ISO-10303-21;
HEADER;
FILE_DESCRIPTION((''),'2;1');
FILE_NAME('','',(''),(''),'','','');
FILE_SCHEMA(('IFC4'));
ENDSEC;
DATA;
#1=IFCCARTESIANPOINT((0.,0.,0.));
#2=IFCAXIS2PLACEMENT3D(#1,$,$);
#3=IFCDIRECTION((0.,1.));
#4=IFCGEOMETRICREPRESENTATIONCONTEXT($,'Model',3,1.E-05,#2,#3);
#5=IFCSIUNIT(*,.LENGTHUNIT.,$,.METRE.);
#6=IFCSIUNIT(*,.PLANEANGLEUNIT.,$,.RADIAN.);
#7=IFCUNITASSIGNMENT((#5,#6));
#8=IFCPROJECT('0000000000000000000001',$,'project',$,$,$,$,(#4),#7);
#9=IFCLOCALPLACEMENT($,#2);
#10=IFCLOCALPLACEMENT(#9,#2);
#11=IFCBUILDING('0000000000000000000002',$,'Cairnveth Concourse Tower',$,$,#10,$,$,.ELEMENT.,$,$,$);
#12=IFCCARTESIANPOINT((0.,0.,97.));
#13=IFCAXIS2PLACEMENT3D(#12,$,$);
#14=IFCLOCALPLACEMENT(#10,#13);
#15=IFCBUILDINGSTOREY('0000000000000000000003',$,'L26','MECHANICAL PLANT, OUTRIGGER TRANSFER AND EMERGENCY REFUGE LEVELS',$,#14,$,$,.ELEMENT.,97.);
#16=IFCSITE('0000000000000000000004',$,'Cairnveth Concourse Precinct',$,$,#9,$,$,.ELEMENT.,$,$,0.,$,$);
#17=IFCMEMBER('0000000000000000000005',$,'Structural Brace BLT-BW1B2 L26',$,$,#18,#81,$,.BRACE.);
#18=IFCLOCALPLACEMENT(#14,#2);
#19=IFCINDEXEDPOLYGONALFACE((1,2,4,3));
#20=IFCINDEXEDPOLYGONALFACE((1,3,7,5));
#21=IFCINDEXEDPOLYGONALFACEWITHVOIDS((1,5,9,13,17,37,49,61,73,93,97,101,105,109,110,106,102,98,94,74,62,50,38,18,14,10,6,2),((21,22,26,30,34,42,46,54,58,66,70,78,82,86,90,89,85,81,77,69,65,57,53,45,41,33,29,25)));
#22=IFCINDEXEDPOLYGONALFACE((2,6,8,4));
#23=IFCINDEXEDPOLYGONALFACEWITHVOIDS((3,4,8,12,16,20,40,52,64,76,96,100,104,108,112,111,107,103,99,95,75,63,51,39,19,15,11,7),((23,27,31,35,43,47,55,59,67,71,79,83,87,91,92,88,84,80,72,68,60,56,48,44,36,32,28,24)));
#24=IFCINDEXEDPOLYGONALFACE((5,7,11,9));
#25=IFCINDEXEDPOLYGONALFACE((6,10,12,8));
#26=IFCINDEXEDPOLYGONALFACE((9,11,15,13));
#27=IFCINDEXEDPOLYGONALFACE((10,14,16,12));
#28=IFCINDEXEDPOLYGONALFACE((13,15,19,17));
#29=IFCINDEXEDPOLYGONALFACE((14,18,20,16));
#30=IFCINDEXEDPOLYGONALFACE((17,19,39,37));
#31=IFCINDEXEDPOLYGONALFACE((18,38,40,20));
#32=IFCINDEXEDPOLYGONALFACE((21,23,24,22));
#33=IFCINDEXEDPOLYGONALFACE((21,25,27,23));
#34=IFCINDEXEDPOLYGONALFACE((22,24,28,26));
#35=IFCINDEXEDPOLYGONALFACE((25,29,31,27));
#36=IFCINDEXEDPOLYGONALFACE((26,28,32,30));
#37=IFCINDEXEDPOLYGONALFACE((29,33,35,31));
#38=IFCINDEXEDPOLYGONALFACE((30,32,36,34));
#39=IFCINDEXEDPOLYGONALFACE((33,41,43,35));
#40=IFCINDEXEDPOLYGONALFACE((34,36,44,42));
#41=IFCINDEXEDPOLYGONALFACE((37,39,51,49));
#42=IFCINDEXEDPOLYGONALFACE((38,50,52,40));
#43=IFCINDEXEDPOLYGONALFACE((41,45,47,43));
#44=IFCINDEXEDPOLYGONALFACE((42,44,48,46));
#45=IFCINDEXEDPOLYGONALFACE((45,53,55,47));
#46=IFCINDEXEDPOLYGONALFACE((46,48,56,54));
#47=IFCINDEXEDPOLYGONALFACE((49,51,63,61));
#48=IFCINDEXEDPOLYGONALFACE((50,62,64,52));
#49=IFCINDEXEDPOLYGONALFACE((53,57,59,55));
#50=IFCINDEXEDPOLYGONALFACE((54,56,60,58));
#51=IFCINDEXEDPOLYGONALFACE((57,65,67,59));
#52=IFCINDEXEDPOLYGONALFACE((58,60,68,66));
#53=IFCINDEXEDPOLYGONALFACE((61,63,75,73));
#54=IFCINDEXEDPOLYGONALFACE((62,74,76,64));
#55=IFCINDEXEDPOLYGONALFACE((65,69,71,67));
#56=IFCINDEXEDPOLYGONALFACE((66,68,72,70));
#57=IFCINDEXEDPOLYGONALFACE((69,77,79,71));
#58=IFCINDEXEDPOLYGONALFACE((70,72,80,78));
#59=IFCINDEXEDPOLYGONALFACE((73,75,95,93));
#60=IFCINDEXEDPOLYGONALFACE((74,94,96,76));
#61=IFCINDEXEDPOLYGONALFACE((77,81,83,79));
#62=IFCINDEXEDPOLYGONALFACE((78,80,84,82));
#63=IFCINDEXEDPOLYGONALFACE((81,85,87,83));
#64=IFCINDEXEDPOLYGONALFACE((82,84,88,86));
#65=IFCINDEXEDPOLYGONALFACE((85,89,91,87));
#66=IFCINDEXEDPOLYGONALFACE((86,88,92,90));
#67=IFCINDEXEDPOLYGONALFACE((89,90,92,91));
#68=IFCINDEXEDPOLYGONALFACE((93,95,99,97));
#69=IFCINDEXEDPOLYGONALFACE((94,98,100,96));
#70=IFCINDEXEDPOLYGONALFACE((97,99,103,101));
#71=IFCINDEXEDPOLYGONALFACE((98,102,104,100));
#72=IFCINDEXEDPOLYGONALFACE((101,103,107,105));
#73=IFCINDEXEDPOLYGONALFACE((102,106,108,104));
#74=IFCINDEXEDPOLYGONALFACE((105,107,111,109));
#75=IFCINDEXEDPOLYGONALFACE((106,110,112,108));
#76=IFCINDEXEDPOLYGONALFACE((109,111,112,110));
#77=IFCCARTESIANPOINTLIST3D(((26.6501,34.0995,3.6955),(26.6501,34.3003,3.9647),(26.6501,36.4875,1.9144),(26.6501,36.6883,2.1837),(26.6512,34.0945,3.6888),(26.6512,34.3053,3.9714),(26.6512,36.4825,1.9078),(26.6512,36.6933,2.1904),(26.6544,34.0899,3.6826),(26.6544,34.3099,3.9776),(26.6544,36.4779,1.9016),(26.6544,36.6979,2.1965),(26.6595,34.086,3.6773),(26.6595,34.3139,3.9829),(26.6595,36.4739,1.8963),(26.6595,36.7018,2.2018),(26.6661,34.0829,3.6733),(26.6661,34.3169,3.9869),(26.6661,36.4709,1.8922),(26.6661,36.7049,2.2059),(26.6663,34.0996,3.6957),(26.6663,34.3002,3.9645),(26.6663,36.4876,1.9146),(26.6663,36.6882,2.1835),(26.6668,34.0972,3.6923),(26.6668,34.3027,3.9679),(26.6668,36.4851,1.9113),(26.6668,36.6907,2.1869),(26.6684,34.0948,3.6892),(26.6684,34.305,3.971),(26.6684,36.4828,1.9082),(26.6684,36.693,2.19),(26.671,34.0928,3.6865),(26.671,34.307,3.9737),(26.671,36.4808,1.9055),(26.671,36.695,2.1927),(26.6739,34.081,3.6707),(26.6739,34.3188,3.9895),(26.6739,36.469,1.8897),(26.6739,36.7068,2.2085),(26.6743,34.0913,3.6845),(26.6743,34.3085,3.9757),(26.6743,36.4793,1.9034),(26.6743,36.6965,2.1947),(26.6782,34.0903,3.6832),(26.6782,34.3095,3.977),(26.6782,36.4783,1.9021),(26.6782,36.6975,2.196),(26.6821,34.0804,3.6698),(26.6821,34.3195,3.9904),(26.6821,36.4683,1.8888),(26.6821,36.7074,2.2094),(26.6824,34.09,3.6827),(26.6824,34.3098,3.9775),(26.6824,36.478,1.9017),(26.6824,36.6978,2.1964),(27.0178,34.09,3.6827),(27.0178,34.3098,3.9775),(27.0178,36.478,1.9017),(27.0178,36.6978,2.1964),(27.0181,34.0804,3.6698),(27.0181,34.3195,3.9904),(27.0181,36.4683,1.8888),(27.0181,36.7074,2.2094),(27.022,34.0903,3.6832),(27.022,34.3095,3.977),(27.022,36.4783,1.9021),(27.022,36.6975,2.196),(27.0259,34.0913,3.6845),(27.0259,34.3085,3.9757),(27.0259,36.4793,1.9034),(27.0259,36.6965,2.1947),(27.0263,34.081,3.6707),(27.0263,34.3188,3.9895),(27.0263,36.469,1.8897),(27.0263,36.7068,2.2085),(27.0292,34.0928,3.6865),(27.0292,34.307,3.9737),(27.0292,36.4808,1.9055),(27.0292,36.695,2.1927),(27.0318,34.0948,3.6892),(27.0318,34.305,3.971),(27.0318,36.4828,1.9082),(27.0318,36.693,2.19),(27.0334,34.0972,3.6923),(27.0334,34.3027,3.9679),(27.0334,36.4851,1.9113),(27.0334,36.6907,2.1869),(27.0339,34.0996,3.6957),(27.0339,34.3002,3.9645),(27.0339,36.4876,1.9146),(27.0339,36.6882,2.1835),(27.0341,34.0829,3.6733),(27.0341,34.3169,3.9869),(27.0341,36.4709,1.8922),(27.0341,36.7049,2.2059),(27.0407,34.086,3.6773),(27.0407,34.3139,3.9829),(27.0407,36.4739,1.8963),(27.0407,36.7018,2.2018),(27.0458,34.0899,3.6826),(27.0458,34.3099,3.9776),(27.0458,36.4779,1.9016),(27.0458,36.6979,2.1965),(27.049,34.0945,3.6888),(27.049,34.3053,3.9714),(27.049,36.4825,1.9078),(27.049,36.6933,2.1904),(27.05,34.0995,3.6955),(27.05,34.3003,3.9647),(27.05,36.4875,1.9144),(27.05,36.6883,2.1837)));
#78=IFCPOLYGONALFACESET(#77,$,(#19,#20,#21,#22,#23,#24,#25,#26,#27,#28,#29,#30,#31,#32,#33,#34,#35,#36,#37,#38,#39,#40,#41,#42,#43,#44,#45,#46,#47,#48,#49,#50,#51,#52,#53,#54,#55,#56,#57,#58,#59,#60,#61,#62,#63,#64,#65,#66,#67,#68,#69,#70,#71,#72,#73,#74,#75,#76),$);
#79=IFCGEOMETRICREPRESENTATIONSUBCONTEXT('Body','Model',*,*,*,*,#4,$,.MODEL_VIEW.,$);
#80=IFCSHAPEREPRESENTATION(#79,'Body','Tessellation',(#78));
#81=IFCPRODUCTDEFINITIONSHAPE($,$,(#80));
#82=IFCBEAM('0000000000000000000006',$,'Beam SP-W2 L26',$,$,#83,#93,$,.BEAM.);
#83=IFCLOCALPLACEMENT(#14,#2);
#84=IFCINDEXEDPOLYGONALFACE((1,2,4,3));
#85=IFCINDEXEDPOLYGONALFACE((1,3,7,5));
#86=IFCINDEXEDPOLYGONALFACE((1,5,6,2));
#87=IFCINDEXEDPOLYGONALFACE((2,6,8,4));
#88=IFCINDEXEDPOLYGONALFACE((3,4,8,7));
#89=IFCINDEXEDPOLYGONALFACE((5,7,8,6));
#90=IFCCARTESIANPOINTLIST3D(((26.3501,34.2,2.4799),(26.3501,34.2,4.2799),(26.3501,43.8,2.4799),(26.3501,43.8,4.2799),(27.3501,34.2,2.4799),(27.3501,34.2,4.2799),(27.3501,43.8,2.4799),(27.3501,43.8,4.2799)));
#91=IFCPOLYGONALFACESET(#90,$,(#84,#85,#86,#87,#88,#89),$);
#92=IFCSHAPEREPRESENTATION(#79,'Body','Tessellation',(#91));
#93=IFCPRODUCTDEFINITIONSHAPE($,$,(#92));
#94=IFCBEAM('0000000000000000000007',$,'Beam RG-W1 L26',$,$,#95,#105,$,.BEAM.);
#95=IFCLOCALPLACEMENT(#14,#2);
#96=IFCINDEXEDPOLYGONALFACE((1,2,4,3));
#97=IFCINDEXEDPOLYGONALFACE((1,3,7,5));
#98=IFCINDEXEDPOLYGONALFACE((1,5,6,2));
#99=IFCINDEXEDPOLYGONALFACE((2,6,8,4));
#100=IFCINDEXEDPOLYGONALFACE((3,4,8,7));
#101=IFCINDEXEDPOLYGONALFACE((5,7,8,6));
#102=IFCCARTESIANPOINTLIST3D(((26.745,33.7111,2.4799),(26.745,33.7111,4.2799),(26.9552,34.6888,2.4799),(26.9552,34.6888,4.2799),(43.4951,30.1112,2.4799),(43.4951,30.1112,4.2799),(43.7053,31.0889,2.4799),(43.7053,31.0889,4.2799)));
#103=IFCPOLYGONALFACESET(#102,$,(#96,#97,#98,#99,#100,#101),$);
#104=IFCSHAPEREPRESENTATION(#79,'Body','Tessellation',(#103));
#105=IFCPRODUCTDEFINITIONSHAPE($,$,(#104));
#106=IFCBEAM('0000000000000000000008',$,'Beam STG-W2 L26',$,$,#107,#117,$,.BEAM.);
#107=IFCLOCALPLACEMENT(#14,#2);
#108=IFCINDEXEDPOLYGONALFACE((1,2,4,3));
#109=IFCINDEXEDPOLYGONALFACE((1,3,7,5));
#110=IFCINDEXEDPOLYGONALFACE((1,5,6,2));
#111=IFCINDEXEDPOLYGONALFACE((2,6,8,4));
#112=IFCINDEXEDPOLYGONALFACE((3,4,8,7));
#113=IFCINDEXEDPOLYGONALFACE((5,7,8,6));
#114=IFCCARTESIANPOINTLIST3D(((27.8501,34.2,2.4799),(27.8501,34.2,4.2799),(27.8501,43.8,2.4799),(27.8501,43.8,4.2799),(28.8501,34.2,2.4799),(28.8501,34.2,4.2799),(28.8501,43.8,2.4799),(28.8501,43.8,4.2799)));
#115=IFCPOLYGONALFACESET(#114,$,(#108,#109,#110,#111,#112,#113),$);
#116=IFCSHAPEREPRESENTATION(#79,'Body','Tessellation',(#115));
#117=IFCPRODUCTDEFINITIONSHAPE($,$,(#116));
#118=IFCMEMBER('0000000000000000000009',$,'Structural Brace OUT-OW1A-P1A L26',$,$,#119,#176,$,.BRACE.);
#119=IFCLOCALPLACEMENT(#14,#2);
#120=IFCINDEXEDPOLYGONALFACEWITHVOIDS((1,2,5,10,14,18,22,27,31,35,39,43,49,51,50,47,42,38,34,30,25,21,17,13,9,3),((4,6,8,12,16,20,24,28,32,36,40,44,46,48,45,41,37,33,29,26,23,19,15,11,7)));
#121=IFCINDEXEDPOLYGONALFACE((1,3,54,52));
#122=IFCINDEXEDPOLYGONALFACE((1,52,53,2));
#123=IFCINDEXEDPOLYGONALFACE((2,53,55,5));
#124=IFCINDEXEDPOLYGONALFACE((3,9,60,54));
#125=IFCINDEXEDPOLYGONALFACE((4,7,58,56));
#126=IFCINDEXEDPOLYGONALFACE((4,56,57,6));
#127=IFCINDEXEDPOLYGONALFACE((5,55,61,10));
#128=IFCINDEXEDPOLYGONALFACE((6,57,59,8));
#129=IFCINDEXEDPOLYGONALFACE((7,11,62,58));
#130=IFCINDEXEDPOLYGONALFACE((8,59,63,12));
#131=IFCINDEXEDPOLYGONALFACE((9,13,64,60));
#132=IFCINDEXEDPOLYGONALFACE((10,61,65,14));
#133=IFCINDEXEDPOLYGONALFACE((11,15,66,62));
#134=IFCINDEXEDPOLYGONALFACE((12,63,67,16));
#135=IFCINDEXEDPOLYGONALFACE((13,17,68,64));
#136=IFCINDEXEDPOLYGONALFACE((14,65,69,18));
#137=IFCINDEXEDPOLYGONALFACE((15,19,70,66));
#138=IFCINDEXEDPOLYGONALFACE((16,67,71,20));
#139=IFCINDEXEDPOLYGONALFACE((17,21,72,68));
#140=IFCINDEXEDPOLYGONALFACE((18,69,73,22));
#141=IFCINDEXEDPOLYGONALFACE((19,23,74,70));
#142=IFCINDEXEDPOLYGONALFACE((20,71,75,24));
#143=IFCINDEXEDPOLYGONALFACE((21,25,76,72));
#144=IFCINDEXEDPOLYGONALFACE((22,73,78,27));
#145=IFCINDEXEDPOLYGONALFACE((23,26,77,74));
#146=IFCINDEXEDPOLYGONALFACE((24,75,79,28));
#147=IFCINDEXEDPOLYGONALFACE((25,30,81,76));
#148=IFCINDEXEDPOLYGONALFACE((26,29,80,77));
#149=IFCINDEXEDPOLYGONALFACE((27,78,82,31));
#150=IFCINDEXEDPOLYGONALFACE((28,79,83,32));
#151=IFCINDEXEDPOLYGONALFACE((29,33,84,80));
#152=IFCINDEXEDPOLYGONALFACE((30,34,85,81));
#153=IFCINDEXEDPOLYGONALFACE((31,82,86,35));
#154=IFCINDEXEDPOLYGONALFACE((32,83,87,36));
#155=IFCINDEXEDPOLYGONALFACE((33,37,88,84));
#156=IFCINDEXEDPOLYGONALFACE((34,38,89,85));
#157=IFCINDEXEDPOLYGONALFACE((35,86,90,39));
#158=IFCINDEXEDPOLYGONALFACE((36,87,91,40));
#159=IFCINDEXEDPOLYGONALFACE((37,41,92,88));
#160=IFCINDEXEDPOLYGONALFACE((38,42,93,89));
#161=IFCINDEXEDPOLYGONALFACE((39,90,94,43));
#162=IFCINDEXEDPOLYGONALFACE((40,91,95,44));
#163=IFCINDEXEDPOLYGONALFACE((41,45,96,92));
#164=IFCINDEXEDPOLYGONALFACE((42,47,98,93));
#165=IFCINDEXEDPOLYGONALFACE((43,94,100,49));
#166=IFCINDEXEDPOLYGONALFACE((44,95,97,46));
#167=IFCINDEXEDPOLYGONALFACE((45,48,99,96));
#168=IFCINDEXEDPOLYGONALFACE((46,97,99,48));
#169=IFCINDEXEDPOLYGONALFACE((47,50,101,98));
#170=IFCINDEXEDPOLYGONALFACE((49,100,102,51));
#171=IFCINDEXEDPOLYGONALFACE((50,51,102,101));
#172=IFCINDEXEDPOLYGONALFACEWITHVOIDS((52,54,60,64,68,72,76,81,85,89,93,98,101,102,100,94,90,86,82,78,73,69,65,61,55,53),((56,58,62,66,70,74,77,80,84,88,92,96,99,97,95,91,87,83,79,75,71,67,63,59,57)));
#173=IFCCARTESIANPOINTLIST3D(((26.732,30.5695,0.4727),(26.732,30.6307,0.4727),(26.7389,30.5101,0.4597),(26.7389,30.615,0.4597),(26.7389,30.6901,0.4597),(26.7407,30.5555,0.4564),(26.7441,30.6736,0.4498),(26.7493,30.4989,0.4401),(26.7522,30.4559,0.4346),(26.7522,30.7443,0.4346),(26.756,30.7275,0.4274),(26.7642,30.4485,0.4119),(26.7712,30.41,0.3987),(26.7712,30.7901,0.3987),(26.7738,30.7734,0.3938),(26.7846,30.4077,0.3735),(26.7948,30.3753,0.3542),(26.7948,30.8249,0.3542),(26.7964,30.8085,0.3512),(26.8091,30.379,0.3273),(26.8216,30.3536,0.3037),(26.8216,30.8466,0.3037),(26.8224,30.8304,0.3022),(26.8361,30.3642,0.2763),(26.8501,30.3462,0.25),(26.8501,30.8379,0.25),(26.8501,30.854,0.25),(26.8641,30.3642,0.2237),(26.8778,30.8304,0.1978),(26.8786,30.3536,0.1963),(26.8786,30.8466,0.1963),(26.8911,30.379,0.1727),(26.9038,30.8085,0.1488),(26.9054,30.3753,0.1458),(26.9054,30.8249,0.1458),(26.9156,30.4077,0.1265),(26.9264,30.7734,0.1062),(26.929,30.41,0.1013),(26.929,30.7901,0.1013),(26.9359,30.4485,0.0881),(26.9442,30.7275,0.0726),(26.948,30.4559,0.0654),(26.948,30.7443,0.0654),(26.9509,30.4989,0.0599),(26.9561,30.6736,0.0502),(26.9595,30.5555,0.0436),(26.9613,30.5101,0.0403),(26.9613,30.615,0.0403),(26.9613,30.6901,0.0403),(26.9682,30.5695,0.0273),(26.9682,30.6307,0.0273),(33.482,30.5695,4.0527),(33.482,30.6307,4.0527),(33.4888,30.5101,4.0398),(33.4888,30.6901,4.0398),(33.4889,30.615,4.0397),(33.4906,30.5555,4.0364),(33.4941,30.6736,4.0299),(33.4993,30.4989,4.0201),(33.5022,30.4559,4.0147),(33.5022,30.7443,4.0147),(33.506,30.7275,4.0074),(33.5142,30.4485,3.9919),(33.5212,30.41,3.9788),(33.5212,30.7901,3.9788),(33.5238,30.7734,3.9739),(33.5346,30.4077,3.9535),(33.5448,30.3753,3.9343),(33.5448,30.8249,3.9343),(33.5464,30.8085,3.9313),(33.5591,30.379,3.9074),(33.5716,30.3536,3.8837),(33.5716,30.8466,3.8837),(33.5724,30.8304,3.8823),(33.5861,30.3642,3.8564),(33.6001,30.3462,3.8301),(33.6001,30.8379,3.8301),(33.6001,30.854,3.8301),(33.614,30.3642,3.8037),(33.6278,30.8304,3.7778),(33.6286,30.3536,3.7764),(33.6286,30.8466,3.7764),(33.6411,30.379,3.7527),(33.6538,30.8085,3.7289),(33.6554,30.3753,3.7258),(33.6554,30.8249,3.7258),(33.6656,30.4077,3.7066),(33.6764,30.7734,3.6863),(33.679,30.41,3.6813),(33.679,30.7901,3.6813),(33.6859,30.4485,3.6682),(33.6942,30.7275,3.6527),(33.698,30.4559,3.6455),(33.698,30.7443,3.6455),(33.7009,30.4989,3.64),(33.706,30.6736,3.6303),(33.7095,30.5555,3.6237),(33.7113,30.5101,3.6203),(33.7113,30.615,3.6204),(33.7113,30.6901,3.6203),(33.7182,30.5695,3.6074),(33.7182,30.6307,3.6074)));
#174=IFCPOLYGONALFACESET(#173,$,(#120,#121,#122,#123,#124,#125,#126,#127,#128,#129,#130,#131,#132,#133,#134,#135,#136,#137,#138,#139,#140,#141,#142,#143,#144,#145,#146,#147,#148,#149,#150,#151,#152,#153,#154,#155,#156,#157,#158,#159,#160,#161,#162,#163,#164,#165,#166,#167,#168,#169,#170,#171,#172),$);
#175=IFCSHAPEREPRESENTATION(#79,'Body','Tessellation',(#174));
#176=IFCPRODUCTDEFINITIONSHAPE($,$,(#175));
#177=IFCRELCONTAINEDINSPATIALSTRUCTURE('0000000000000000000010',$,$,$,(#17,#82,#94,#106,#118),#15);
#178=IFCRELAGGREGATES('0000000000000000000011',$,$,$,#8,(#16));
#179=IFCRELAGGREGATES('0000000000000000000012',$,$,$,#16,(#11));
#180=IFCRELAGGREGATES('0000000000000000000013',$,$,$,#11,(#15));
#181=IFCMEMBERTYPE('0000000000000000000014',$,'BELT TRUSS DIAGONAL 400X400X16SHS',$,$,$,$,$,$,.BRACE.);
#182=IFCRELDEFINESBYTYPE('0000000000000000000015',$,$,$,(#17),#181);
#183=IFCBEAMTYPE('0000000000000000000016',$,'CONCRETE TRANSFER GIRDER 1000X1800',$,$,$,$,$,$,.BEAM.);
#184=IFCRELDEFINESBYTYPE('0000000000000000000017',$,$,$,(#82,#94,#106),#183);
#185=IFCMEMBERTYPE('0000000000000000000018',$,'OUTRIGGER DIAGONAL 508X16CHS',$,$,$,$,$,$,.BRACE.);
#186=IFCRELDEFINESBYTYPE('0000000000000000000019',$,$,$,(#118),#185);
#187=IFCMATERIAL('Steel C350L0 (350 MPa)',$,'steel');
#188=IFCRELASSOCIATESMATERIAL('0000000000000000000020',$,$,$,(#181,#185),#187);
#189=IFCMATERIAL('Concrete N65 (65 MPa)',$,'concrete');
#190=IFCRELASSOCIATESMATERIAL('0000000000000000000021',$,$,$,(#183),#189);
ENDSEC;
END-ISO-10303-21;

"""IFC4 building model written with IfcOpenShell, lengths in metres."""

from ifc_helpers import new_model, si_unit, direction, frame, origin, origin_2d, place, context, subcontext, project, spatial, rectangle, hollow_rectangle, hollow_circle, extrude, material, material_profile, profile_set, type_object, element, save


model = new_model("IFC4")

# Units and contexts
model_context = context("Model", 3, precision=1e-05, world=origin(), true_north=direction((0.0, 1.0)))
body_context = subcontext(model_context, "Body", "Model", "MODEL_VIEW")
ifc_project = project(units=[si_unit("LENGTHUNIT", "METRE"), si_unit("PLANEANGLEUNIT", "RADIAN")], contexts=[model_context])

# Site, building, storey
site_placement = place(None, origin())
site = spatial("IfcSite", under=ifc_project, at=site_placement, Name="Cairnveth Concourse Precinct", CompositionType="ELEMENT", RefElevation=0.0)
building_placement = place(site_placement, origin())
building = spatial("IfcBuilding", under=site, at=building_placement, Name="Cairnveth Concourse Tower", CompositionType="ELEMENT")
storey_placement = place(building_placement, frame((0.0, 0.0, 97.0)))
storey = spatial("IfcBuildingStorey", under=building, at=storey_placement, Name="L26", Description="MECHANICAL PLANT, OUTRIGGER TRANSFER AND EMERGENCY REFUGE LEVELS", CompositionType="ELEMENT", Elevation=97.0)

# Shared definitions
ifc_material_1 = material(Name="Concrete N65 (65 MPa)", Category="concrete")

# Member
ifc_material_2 = material(Name="Steel C350L0 (350 MPa)", Category="steel")
ifc_material_profile_1 = material_profile(ifc_material_2, hollow_rectangle(XDim=0.3999, YDim=0.3999, WallThickness=0.0161, InnerFilletRadius=0.0161, OuterFilletRadius=0.032, at=origin_2d()), Name="400x400x16.0SHS")
ifc_profile_set_1 = profile_set([ifc_material_profile_1], Name="Steel C350L0 (350 MPa)")
member_type_1 = type_object("IfcMemberType", Name="BELT TRUSS DIAGONAL 400X400X16SHS", PredefinedType="BRACE", material=ifc_profile_set_1)
member_1_placement = place(storey_placement, frame((26.8501, 36.5879, 2.0491), z_axis=(0.0, -0.8016, 0.59786), x_axis=(1.0, 0.0, 0.0)))
element("IfcMember", 1, at=member_1_placement, inside=storey, type_object=member_type_1, Name="Structural Brace BLT-BW1B2 L26", PredefinedType="BRACE", context=body_context, shape_type="SweptSolid", body=[
    extrude(hollow_rectangle(XDim=0.3999, YDim=0.3999, WallThickness=0.0161, InnerFilletRadius=0.0161, OuterFilletRadius=0.032, at=origin_2d()), origin(), (0.0, 0.0, 1.0), 2.979),
])

# Beams
ifc_material_profile_2 = material_profile(ifc_material_1, rectangle(XDim=1.0, YDim=1.8, at=origin_2d()), Name="RC-TB-1000x1800")
ifc_profile_set_2 = profile_set([ifc_material_profile_2], Name="Concrete N65 (65 MPa)")
beam_type_1 = type_object("IfcBeamType", Name="CONCRETE TRANSFER GIRDER 1000X1800", PredefinedType="BEAM", material=ifc_profile_set_2)
beam_1_placement = place(storey_placement, frame((26.8501, 34.2, 3.3799), z_axis=(0.0, 1.0, 0.0), x_axis=(-1.0, 0.0, 0.0)))
element("IfcBeam", 2, at=beam_1_placement, inside=storey, type_object=beam_type_1, Name="Beam SP-W2 L26", PredefinedType="BEAM", context=body_context, shape_type="SweptSolid", body=[
    extrude(rectangle(XDim=1.0, YDim=1.8, at=origin_2d()), origin(), (0.0, 0.0, 1.0), 9.6001),
])
beam_2_placement = place(storey_placement, frame((26.8501, 34.2, 3.3799), z_axis=(0.977676, -0.210119, 0.0), x_axis=(0.210119, 0.977676, 0.0)))
element("IfcBeam", 3, at=beam_2_placement, inside=storey, type_object=beam_type_1, Name="Beam RG-W1 L26", PredefinedType="BEAM", context=body_context, shape_type="SweptSolid", body=[
    extrude(rectangle(XDim=1.0, YDim=1.8, at=origin_2d()), origin(), (0.0, 0.0, 1.0), 17.1326),
])
beam_3_placement = place(storey_placement, frame((28.3501, 34.2, 3.3799), z_axis=(0.0, 1.0, 0.0), x_axis=(-1.0, 0.0, 0.0)))
element("IfcBeam", 4, at=beam_3_placement, inside=storey, type_object=beam_type_1, Name="Beam STG-W2 L26", PredefinedType="BEAM", context=body_context, shape_type="SweptSolid", body=[
    extrude(rectangle(XDim=1.0, YDim=1.8, at=origin_2d()), origin(), (0.0, 0.0, 1.0), 9.6001),
])

# Member
ifc_material_profile_3 = material_profile(ifc_material_2, hollow_circle(Radius=0.2539, WallThickness=0.0161, at=origin_2d()), Name="508.0x16.0CHS")
ifc_profile_set_3 = profile_set([ifc_material_profile_3], Name="Steel C350L0 (350 MPa)")
member_type_2 = type_object("IfcMemberType", Name="OUTRIGGER DIAGONAL 508X16CHS", PredefinedType="BRACE", material=ifc_profile_set_3)
member_2_placement = place(storey_placement, frame((26.8501, 30.6001, 0.25), z_axis=(0.883433, 0.0, 0.468557), x_axis=(0.0, 1.0, 0.0)))
element("IfcMember", 5, at=member_2_placement, inside=storey, type_object=member_type_2, Name="Structural Brace OUT-OW1A-P1A L26", PredefinedType="BRACE", context=body_context, shape_type="SweptSolid", body=[
    extrude(hollow_circle(Radius=0.2539, WallThickness=0.0161, at=origin_2d()), origin(), (0.0, 0.0, 1.0), 7.6406),
])

save(model, "model.ifc")
